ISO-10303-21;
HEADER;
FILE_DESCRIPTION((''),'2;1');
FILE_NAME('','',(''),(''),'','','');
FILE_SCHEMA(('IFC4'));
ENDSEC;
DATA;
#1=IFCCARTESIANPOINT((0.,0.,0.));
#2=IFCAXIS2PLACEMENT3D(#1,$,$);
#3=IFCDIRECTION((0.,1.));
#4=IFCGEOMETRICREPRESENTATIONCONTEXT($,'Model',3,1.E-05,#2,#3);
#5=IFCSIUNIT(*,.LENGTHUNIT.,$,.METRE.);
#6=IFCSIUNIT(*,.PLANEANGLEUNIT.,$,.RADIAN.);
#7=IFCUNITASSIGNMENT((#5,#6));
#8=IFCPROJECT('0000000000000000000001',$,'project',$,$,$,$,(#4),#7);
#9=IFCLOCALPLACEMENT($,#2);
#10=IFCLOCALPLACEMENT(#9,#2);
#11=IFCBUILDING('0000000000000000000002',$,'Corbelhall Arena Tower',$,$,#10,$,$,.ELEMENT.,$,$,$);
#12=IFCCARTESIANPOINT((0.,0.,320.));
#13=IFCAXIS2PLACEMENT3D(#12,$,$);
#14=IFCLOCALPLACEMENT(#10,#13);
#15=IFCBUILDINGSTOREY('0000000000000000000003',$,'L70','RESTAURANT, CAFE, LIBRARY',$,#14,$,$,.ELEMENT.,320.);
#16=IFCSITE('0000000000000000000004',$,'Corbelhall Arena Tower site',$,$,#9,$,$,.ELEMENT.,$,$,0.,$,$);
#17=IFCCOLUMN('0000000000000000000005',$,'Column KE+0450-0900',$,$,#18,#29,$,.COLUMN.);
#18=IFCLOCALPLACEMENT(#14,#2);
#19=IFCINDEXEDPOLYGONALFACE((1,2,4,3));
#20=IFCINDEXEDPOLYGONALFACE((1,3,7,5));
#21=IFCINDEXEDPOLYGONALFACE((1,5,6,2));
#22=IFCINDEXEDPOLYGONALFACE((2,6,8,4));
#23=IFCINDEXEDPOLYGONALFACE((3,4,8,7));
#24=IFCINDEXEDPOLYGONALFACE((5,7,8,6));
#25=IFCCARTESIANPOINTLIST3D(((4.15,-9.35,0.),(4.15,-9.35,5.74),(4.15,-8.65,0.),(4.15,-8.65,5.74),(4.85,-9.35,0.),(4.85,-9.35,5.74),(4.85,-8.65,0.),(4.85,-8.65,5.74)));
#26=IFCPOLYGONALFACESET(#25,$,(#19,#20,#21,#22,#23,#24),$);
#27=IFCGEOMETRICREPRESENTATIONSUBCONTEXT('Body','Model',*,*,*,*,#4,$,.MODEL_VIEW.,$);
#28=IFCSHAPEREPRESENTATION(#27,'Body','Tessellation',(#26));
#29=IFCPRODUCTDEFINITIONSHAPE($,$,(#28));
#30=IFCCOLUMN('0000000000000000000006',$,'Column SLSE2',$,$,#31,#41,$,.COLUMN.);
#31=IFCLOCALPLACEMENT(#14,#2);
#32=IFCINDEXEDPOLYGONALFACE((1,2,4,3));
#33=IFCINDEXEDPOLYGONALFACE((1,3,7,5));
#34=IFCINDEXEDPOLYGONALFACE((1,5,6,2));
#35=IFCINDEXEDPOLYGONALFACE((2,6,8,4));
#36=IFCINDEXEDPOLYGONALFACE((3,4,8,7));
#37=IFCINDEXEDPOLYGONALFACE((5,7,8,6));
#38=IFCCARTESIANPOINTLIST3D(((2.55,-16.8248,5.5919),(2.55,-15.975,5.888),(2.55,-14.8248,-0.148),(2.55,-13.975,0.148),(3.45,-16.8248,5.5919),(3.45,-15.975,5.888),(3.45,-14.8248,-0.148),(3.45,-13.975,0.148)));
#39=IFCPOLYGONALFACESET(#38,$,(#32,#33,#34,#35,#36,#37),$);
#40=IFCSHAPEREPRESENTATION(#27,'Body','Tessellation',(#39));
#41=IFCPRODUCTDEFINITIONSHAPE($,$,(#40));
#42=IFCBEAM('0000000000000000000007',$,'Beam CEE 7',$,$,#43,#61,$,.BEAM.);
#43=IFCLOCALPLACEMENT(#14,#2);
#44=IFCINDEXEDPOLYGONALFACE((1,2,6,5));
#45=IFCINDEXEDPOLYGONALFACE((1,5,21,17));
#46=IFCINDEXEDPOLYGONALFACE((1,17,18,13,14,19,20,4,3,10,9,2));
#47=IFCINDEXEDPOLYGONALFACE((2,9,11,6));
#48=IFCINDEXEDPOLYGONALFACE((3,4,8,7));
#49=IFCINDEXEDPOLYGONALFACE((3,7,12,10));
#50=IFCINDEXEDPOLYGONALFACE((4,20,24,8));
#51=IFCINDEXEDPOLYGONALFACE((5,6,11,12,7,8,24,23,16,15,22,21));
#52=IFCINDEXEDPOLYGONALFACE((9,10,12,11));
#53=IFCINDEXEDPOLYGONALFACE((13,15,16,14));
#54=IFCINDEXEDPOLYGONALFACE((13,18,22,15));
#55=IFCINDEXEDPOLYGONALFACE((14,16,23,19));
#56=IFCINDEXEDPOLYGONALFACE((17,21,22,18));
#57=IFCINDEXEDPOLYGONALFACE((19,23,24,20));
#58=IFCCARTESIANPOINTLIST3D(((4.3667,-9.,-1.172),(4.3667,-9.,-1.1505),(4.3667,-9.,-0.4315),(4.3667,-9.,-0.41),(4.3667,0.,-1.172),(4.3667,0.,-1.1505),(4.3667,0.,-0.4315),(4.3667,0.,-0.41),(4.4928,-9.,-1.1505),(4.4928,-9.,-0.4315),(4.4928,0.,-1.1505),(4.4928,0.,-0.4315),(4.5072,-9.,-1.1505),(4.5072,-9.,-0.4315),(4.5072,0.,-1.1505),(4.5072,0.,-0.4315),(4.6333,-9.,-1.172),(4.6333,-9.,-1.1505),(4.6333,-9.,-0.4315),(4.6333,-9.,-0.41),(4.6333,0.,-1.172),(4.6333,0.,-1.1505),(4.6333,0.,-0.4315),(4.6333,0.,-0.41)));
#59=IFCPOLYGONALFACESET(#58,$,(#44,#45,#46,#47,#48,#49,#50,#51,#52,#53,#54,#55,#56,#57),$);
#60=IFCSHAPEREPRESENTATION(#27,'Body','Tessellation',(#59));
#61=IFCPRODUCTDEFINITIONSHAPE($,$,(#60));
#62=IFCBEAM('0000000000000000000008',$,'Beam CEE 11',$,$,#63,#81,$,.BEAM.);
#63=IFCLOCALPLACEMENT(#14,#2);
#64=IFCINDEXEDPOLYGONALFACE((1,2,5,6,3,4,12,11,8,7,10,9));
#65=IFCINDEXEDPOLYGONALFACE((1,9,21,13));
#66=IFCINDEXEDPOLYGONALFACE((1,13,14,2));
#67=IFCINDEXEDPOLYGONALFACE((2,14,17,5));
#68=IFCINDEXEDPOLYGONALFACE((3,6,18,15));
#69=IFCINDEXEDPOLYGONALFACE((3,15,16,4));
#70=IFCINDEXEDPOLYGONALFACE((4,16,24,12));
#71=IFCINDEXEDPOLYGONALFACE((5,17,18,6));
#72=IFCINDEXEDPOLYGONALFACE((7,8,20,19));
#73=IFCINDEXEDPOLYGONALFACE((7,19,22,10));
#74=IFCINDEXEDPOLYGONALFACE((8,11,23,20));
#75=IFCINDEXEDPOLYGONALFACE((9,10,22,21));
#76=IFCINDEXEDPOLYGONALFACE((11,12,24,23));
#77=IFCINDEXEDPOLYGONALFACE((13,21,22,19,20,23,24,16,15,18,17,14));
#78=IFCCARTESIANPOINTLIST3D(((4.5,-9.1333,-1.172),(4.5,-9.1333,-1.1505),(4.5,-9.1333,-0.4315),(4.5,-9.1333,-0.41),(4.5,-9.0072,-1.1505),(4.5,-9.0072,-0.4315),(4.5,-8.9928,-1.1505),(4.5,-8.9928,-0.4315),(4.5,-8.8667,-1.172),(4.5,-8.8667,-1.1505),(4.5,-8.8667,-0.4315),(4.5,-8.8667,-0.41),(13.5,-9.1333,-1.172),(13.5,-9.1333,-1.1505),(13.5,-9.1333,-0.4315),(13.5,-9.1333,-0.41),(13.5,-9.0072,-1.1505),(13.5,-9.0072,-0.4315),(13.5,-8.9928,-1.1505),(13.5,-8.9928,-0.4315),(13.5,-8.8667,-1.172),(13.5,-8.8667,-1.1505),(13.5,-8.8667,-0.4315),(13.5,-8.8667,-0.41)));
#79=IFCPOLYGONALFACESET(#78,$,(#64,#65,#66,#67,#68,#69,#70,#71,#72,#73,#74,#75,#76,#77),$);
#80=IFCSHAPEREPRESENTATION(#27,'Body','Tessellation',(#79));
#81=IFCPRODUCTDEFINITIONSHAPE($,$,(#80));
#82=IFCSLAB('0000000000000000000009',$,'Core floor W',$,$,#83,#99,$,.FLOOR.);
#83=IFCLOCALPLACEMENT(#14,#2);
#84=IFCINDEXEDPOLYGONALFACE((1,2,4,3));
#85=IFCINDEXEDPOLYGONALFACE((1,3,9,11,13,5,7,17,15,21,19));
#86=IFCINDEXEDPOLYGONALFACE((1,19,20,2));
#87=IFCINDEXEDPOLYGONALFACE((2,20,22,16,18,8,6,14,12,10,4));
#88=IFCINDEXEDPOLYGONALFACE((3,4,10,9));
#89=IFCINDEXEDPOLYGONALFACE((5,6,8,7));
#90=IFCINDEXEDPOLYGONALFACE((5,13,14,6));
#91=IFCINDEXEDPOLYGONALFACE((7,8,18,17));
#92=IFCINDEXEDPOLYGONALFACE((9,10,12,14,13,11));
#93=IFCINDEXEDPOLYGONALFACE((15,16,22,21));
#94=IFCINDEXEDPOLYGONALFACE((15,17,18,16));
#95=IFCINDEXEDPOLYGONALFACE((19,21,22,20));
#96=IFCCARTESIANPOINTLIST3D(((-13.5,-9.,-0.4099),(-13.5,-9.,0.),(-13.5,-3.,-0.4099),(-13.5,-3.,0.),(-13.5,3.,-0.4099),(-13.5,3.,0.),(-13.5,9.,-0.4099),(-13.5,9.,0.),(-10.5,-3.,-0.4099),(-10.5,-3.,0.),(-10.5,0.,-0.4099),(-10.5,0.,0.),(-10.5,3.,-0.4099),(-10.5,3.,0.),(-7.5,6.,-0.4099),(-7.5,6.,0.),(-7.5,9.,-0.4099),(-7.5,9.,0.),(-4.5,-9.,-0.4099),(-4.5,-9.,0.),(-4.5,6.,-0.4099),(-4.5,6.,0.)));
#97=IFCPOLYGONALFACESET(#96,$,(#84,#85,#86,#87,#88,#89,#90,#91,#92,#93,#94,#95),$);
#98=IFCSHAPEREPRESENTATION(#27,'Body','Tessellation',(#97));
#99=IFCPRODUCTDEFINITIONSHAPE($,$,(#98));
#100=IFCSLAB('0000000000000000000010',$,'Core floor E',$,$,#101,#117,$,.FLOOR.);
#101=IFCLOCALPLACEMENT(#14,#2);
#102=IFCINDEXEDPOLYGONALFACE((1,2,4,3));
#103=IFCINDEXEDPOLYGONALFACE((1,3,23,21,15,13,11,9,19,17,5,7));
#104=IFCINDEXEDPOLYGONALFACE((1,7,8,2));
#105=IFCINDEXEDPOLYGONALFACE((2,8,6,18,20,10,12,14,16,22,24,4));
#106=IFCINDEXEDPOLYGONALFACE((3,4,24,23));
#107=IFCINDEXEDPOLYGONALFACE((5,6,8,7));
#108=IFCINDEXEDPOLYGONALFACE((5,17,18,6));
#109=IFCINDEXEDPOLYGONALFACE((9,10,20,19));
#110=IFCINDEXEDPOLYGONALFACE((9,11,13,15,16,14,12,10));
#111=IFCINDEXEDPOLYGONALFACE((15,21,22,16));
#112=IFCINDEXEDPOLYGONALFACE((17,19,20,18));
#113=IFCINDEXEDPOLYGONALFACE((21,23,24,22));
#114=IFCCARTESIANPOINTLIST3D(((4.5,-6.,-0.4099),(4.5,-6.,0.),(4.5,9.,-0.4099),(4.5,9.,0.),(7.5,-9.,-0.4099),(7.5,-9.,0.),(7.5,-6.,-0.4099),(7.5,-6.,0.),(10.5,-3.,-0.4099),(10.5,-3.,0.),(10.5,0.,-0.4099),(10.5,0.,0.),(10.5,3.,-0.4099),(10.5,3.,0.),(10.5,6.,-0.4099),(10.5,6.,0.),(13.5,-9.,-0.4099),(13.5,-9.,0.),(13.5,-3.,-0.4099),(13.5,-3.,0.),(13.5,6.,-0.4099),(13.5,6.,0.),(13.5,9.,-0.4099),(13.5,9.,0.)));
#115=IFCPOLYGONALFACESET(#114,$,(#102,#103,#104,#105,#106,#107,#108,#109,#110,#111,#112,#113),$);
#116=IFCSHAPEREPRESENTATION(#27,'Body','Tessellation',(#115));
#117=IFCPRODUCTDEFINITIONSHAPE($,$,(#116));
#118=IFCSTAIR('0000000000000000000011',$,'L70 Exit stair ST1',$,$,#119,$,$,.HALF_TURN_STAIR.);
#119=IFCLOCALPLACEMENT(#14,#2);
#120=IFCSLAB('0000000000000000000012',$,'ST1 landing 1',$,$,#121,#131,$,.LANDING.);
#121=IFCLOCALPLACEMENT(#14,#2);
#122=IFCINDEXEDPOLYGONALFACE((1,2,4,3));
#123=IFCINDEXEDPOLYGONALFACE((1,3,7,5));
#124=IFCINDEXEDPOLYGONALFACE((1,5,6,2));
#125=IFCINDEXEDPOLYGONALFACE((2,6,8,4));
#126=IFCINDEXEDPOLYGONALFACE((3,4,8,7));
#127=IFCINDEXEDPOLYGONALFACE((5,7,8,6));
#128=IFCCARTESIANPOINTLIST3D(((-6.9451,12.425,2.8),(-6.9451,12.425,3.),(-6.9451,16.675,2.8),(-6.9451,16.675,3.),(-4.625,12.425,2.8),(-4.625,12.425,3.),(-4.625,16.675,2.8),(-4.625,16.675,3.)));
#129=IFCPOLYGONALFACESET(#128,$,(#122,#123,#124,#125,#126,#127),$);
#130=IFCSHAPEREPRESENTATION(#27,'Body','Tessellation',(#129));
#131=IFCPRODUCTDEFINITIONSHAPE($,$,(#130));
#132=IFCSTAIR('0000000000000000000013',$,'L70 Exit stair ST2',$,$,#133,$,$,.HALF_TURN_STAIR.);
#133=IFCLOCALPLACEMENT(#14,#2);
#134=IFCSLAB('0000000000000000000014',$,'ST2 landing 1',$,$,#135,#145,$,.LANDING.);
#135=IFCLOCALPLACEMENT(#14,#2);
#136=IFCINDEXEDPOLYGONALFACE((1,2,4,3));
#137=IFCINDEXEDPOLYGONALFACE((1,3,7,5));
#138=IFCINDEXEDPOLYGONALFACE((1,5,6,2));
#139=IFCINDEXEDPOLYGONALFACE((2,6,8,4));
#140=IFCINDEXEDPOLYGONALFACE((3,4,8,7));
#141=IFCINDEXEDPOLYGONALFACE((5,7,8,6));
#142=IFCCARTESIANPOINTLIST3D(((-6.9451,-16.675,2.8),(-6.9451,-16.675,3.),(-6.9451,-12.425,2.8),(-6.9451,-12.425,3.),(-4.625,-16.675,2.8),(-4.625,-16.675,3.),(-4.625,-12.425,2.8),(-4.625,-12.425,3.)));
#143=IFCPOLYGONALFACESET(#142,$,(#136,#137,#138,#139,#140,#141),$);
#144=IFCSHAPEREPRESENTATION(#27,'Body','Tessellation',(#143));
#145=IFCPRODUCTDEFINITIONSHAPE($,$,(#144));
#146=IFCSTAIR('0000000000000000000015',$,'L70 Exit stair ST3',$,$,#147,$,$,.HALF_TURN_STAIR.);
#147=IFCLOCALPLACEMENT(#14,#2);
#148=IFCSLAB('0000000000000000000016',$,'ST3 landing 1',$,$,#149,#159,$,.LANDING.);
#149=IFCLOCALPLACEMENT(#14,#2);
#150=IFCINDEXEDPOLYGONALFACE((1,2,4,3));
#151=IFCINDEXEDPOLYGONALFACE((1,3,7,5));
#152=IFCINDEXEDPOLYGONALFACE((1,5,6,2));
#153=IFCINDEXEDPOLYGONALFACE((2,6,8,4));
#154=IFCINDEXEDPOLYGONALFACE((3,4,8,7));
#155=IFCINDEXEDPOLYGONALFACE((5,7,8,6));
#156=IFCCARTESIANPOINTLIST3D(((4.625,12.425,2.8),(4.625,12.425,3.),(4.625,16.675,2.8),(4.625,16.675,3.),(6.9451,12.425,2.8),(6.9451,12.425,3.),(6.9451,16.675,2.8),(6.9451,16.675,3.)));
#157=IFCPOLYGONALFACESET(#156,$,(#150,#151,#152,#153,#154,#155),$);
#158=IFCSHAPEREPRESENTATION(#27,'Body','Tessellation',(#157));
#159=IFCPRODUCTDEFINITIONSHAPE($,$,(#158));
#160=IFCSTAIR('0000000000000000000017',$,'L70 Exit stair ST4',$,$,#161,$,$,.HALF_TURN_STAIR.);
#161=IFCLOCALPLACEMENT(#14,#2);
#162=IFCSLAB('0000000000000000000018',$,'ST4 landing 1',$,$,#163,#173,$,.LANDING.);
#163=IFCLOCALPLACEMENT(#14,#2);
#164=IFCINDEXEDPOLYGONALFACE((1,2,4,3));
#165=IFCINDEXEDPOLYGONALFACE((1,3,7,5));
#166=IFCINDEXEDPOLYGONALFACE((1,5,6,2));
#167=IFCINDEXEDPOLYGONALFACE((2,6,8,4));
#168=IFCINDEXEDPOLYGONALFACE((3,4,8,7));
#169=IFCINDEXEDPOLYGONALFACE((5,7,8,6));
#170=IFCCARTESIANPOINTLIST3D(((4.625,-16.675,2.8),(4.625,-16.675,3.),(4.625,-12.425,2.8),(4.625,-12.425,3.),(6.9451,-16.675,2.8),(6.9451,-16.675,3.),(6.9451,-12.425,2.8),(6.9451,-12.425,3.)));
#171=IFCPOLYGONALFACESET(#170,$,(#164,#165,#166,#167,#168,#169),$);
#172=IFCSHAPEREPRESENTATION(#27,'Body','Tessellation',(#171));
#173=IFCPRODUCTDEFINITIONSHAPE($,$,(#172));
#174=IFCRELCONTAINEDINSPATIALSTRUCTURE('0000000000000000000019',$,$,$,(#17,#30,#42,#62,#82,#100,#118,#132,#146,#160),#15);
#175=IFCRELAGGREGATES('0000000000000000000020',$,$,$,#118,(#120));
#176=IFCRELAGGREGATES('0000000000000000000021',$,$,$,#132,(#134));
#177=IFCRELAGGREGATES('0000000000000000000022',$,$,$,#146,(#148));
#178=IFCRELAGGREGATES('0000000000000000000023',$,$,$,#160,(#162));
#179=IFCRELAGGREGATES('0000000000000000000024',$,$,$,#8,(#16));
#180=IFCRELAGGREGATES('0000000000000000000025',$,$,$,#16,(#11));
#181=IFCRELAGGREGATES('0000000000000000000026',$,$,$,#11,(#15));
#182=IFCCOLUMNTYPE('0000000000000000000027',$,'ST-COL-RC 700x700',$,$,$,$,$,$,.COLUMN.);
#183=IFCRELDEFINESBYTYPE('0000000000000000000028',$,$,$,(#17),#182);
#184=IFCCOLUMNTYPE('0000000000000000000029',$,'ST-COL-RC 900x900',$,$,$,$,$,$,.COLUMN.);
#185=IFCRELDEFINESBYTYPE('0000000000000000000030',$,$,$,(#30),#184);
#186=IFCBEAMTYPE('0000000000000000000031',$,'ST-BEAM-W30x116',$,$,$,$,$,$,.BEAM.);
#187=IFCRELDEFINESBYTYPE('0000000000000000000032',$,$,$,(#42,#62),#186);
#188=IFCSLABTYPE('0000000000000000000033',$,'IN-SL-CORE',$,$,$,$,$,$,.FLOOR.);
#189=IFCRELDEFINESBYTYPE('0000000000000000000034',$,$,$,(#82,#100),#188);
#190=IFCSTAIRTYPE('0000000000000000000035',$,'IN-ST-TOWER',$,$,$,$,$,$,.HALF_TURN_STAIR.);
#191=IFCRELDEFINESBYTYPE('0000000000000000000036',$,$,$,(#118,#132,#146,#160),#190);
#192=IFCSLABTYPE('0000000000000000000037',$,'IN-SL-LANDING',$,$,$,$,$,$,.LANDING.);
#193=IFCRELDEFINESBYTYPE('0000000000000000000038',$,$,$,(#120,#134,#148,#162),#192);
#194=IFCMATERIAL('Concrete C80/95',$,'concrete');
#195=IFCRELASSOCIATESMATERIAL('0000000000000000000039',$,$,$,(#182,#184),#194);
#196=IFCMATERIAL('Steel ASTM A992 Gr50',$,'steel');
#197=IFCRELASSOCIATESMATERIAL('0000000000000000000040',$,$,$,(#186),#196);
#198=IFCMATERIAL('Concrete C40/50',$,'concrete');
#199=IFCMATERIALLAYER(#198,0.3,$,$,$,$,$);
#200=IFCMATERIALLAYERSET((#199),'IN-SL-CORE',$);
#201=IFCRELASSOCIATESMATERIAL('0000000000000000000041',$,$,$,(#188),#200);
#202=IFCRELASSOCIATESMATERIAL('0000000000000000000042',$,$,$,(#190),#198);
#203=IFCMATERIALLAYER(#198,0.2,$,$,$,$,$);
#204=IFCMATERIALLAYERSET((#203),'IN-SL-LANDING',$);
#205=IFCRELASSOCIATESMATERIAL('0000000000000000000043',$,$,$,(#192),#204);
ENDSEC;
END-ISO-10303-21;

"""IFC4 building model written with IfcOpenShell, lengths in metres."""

from ifc_helpers import new_model, si_unit, direction, frame, origin, origin_2d, place, context, subcontext, project, spatial, polyline, rectangle, i_section, outline, extrude, material, layer, layer_set, material_profile, profile_set, type_object, element, aggregate, save


model = new_model("IFC4")

# Units and contexts
model_context = context("Model", 3, precision=1e-05, world=origin(), true_north=direction((0.0, 1.0)))
body_context = subcontext(model_context, "Body", "Model", "MODEL_VIEW")
ifc_project = project(units=[si_unit("LENGTHUNIT", "METRE"), si_unit("PLANEANGLEUNIT", "RADIAN")], contexts=[model_context])

# Site, building, storey
site_placement = place(None, origin())
site = spatial("IfcSite", under=ifc_project, at=site_placement, Name="Corbelhall Arena Tower site", CompositionType="ELEMENT", RefElevation=0.0)
building_placement = place(site_placement, origin())
building = spatial("IfcBuilding", under=site, at=building_placement, Name="Corbelhall Arena Tower", CompositionType="ELEMENT")
storey_placement = place(building_placement, frame((0.0, 0.0, 320.0)))
storey = spatial("IfcBuildingStorey", under=building, at=storey_placement, Name="L70", Description="RESTAURANT, CAFE, LIBRARY", CompositionType="ELEMENT", Elevation=320.0)

# Columns
ifc_material_1 = material(Name="Concrete C80/95", Category="concrete")
ifc_material_profile_1 = material_profile(ifc_material_1, rectangle(XDim=0.7, YDim=0.7, at=origin_2d()))
ifc_profile_set_1 = profile_set([ifc_material_profile_1], Name="Concrete C80/95")
column_type_1 = type_object("IfcColumnType", Name="ST-COL-RC 700x700", PredefinedType="COLUMN", material=ifc_profile_set_1)
column_1_placement = place(storey_placement, frame((4.5, -9.0, 0.0), z_axis=(0.0, 0.0, 1.0), x_axis=(1.0, 0.0, 0.0)))
element("IfcColumn", 1, at=column_1_placement, inside=storey, type_object=column_type_1, Name="Column KE+0450-0900", PredefinedType="COLUMN", context=body_context, shape_type="SweptSolid", body=[
    extrude(rectangle(XDim=0.7, YDim=0.7, at=origin_2d()), origin(), (0.0, 0.0, 1.0), 5.74),
])
ifc_material_profile_2 = material_profile(ifc_material_1, rectangle(XDim=0.8999, YDim=0.8999, at=origin_2d()))
ifc_profile_set_2 = profile_set([ifc_material_profile_2], Name="Concrete C80/95")
column_type_2 = type_object("IfcColumnType", Name="ST-COL-RC 900x900", PredefinedType="COLUMN", material=ifc_profile_set_2)
column_2_placement = place(storey_placement, frame((3.0, -14.3999, 0.0), z_axis=(0.0, -0.329032, 0.944319), x_axis=(1.0, 0.0, 0.0)))
element("IfcColumn", 2, at=column_2_placement, inside=storey, type_object=column_type_2, Name="Column SLSE2", PredefinedType="COLUMN", context=body_context, shape_type="SweptSolid", body=[
    extrude(rectangle(XDim=0.8999, YDim=0.8999, at=origin_2d()), origin(), (0.0, 0.0, 1.0), 6.0784),
])

# Beams
ifc_material_2 = material(Name="Steel ASTM A992 Gr50", Category="steel")
ifc_material_profile_3 = material_profile(ifc_material_2, i_section(OverallWidth=0.2666, OverallDepth=0.762, WebThickness=0.0144, FlangeThickness=0.0215, at=origin_2d()))
ifc_profile_set_3 = profile_set([ifc_material_profile_3], Name="Steel ASTM A992 Gr50")
beam_type = type_object("IfcBeamType", Name="ST-BEAM-W30x116", PredefinedType="BEAM", material=ifc_profile_set_3)
for number, where, z_axis, x_axis, name in (
    (3, (4.5, -9.0, -0.791), (0.0, 1.0, 0.0), (-1.0, 0.0, 0.0), "Beam CEE 7"),
    (4, (4.5, -9.0, -0.791), (1.0, 0.0, 0.0), (0.0, 1.0, 0.0), "Beam CEE 11"),
):
    element("IfcBeam", number, at=place(storey_placement, frame(where, z_axis=z_axis, x_axis=x_axis)), inside=storey, type_object=beam_type, Name=name, PredefinedType="BEAM", context=body_context, shape_type="SweptSolid", body=[
        extrude(i_section(OverallWidth=0.2666, OverallDepth=0.762, WebThickness=0.0144, FlangeThickness=0.0215, at=origin_2d()), origin(), (0.0, 0.0, 1.0), 9.0),
    ])

# Slabs
ifc_material_3 = material(Name="Concrete C40/50", Category="concrete")
ifc_layer_1 = layer(ifc_material_3, 0.3)
ifc_layer_set_1 = layer_set([ifc_layer_1], Name="IN-SL-CORE")
slab_type_1 = type_object("IfcSlabType", Name="IN-SL-CORE", PredefinedType="FLOOR", material=ifc_layer_set_1)
slab_1_placement = place(storey_placement, frame((0.0, 0.0, -0.4099)))
element("IfcSlab", 5, at=slab_1_placement, inside=storey, type_object=slab_type_1, Name="Core floor W", PredefinedType="FLOOR", context=body_context, shape_type="SweptSolid", body=[
    extrude(outline(polyline([(-13.5, -3.0), (-13.5, -9.0), (-4.5, -9.0), (-4.5, 6.0), (-7.5, 6.0), (-7.5, 9.0), (-13.5, 9.0), (-13.5, 3.0), (-10.5, 3.0), (-10.5, 0.0), (-10.5, -3.0), (-13.5, -3.0)])), origin(), (0.0, 0.0, 1.0), 0.4099),
])
slab_2_placement = place(storey_placement, frame((0.0, 0.0, -0.4099)))
element("IfcSlab", 6, at=slab_2_placement, inside=storey, type_object=slab_type_1, Name="Core floor E", PredefinedType="FLOOR", context=body_context, shape_type="SweptSolid", body=[
    extrude(outline(polyline([(10.5, 0.0), (10.5, 3.0), (10.5, 6.0), (13.5, 6.0), (13.5, 9.0), (4.5, 9.0), (4.5, -6.0), (7.5, -6.0), (7.5, -9.0), (13.5, -9.0), (13.5, -3.0), (10.5, -3.0), (10.5, 0.0)])), origin(), (0.0, 0.0, 1.0), 0.4099),
])

# Stairs, slabs
stair_type = type_object("IfcStairType", Name="IN-ST-TOWER", PredefinedType="HALF_TURN_STAIR", material=ifc_material_3)
stair_1_placement = place(storey_placement, origin())
stair_1 = element("IfcStair", 7, at=stair_1_placement, inside=storey, type_object=stair_type, Name="L70 Exit stair ST1", PredefinedType="HALF_TURN_STAIR")
ifc_layer_2 = layer(ifc_material_3, 0.2)
ifc_layer_set_2 = layer_set([ifc_layer_2], Name="IN-SL-LANDING")
slab_type_2 = type_object("IfcSlabType", Name="IN-SL-LANDING", PredefinedType="LANDING", material=ifc_layer_set_2)
slab_3_placement = place(storey_placement, frame((0.0, 0.0, 2.8)))
slab_3 = element("IfcSlab", 8, at=slab_3_placement, type_object=slab_type_2, Name="ST1 landing 1", PredefinedType="LANDING", context=body_context, shape_type="SweptSolid", body=[
    extrude(outline(polyline([(-6.9451, 12.425), (-4.625, 12.425), (-4.625, 16.675), (-6.9451, 16.675), (-6.9451, 12.425)])), origin(), (0.0, 0.0, 1.0), 0.2),
])
aggregate(stair_1, [slab_3])
stair_2_placement = place(storey_placement, origin())
stair_2 = element("IfcStair", 9, at=stair_2_placement, inside=storey, type_object=stair_type, Name="L70 Exit stair ST2", PredefinedType="HALF_TURN_STAIR")
slab_4_placement = place(storey_placement, frame((0.0, 0.0, 2.8)))
slab_4 = element("IfcSlab", 10, at=slab_4_placement, type_object=slab_type_2, Name="ST2 landing 1", PredefinedType="LANDING", context=body_context, shape_type="SweptSolid", body=[
    extrude(outline(polyline([(-6.9451, -16.675), (-4.625, -16.675), (-4.625, -12.425), (-6.9451, -12.425), (-6.9451, -16.675)])), origin(), (0.0, 0.0, 1.0), 0.2),
])
aggregate(stair_2, [slab_4])
stair_3_placement = place(storey_placement, origin())
stair_3 = element("IfcStair", 11, at=stair_3_placement, inside=storey, type_object=stair_type, Name="L70 Exit stair ST3", PredefinedType="HALF_TURN_STAIR")
slab_5_placement = place(storey_placement, frame((0.0, 0.0, 2.8)))
slab_5 = element("IfcSlab", 12, at=slab_5_placement, type_object=slab_type_2, Name="ST3 landing 1", PredefinedType="LANDING", context=body_context, shape_type="SweptSolid", body=[
    extrude(outline(polyline([(6.9451, 16.675), (4.625, 16.675), (4.625, 12.425), (6.9451, 12.425), (6.9451, 16.675)])), origin(), (0.0, 0.0, 1.0), 0.2),
])
aggregate(stair_3, [slab_5])
stair_4_placement = place(storey_placement, origin())
stair_4 = element("IfcStair", 13, at=stair_4_placement, inside=storey, type_object=stair_type, Name="L70 Exit stair ST4", PredefinedType="HALF_TURN_STAIR")
slab_6_placement = place(storey_placement, frame((0.0, 0.0, 2.8)))
slab_6 = element("IfcSlab", 14, at=slab_6_placement, type_object=slab_type_2, Name="ST4 landing 1", PredefinedType="LANDING", context=body_context, shape_type="SweptSolid", body=[
    extrude(outline(polyline([(6.9451, -12.425), (4.625, -12.425), (4.625, -16.675), (6.9451, -16.675), (6.9451, -12.425)])), origin(), (0.0, 0.0, 1.0), 0.2),
])

aggregate(stair_4, [slab_6])

save(model, "model.ifc")
